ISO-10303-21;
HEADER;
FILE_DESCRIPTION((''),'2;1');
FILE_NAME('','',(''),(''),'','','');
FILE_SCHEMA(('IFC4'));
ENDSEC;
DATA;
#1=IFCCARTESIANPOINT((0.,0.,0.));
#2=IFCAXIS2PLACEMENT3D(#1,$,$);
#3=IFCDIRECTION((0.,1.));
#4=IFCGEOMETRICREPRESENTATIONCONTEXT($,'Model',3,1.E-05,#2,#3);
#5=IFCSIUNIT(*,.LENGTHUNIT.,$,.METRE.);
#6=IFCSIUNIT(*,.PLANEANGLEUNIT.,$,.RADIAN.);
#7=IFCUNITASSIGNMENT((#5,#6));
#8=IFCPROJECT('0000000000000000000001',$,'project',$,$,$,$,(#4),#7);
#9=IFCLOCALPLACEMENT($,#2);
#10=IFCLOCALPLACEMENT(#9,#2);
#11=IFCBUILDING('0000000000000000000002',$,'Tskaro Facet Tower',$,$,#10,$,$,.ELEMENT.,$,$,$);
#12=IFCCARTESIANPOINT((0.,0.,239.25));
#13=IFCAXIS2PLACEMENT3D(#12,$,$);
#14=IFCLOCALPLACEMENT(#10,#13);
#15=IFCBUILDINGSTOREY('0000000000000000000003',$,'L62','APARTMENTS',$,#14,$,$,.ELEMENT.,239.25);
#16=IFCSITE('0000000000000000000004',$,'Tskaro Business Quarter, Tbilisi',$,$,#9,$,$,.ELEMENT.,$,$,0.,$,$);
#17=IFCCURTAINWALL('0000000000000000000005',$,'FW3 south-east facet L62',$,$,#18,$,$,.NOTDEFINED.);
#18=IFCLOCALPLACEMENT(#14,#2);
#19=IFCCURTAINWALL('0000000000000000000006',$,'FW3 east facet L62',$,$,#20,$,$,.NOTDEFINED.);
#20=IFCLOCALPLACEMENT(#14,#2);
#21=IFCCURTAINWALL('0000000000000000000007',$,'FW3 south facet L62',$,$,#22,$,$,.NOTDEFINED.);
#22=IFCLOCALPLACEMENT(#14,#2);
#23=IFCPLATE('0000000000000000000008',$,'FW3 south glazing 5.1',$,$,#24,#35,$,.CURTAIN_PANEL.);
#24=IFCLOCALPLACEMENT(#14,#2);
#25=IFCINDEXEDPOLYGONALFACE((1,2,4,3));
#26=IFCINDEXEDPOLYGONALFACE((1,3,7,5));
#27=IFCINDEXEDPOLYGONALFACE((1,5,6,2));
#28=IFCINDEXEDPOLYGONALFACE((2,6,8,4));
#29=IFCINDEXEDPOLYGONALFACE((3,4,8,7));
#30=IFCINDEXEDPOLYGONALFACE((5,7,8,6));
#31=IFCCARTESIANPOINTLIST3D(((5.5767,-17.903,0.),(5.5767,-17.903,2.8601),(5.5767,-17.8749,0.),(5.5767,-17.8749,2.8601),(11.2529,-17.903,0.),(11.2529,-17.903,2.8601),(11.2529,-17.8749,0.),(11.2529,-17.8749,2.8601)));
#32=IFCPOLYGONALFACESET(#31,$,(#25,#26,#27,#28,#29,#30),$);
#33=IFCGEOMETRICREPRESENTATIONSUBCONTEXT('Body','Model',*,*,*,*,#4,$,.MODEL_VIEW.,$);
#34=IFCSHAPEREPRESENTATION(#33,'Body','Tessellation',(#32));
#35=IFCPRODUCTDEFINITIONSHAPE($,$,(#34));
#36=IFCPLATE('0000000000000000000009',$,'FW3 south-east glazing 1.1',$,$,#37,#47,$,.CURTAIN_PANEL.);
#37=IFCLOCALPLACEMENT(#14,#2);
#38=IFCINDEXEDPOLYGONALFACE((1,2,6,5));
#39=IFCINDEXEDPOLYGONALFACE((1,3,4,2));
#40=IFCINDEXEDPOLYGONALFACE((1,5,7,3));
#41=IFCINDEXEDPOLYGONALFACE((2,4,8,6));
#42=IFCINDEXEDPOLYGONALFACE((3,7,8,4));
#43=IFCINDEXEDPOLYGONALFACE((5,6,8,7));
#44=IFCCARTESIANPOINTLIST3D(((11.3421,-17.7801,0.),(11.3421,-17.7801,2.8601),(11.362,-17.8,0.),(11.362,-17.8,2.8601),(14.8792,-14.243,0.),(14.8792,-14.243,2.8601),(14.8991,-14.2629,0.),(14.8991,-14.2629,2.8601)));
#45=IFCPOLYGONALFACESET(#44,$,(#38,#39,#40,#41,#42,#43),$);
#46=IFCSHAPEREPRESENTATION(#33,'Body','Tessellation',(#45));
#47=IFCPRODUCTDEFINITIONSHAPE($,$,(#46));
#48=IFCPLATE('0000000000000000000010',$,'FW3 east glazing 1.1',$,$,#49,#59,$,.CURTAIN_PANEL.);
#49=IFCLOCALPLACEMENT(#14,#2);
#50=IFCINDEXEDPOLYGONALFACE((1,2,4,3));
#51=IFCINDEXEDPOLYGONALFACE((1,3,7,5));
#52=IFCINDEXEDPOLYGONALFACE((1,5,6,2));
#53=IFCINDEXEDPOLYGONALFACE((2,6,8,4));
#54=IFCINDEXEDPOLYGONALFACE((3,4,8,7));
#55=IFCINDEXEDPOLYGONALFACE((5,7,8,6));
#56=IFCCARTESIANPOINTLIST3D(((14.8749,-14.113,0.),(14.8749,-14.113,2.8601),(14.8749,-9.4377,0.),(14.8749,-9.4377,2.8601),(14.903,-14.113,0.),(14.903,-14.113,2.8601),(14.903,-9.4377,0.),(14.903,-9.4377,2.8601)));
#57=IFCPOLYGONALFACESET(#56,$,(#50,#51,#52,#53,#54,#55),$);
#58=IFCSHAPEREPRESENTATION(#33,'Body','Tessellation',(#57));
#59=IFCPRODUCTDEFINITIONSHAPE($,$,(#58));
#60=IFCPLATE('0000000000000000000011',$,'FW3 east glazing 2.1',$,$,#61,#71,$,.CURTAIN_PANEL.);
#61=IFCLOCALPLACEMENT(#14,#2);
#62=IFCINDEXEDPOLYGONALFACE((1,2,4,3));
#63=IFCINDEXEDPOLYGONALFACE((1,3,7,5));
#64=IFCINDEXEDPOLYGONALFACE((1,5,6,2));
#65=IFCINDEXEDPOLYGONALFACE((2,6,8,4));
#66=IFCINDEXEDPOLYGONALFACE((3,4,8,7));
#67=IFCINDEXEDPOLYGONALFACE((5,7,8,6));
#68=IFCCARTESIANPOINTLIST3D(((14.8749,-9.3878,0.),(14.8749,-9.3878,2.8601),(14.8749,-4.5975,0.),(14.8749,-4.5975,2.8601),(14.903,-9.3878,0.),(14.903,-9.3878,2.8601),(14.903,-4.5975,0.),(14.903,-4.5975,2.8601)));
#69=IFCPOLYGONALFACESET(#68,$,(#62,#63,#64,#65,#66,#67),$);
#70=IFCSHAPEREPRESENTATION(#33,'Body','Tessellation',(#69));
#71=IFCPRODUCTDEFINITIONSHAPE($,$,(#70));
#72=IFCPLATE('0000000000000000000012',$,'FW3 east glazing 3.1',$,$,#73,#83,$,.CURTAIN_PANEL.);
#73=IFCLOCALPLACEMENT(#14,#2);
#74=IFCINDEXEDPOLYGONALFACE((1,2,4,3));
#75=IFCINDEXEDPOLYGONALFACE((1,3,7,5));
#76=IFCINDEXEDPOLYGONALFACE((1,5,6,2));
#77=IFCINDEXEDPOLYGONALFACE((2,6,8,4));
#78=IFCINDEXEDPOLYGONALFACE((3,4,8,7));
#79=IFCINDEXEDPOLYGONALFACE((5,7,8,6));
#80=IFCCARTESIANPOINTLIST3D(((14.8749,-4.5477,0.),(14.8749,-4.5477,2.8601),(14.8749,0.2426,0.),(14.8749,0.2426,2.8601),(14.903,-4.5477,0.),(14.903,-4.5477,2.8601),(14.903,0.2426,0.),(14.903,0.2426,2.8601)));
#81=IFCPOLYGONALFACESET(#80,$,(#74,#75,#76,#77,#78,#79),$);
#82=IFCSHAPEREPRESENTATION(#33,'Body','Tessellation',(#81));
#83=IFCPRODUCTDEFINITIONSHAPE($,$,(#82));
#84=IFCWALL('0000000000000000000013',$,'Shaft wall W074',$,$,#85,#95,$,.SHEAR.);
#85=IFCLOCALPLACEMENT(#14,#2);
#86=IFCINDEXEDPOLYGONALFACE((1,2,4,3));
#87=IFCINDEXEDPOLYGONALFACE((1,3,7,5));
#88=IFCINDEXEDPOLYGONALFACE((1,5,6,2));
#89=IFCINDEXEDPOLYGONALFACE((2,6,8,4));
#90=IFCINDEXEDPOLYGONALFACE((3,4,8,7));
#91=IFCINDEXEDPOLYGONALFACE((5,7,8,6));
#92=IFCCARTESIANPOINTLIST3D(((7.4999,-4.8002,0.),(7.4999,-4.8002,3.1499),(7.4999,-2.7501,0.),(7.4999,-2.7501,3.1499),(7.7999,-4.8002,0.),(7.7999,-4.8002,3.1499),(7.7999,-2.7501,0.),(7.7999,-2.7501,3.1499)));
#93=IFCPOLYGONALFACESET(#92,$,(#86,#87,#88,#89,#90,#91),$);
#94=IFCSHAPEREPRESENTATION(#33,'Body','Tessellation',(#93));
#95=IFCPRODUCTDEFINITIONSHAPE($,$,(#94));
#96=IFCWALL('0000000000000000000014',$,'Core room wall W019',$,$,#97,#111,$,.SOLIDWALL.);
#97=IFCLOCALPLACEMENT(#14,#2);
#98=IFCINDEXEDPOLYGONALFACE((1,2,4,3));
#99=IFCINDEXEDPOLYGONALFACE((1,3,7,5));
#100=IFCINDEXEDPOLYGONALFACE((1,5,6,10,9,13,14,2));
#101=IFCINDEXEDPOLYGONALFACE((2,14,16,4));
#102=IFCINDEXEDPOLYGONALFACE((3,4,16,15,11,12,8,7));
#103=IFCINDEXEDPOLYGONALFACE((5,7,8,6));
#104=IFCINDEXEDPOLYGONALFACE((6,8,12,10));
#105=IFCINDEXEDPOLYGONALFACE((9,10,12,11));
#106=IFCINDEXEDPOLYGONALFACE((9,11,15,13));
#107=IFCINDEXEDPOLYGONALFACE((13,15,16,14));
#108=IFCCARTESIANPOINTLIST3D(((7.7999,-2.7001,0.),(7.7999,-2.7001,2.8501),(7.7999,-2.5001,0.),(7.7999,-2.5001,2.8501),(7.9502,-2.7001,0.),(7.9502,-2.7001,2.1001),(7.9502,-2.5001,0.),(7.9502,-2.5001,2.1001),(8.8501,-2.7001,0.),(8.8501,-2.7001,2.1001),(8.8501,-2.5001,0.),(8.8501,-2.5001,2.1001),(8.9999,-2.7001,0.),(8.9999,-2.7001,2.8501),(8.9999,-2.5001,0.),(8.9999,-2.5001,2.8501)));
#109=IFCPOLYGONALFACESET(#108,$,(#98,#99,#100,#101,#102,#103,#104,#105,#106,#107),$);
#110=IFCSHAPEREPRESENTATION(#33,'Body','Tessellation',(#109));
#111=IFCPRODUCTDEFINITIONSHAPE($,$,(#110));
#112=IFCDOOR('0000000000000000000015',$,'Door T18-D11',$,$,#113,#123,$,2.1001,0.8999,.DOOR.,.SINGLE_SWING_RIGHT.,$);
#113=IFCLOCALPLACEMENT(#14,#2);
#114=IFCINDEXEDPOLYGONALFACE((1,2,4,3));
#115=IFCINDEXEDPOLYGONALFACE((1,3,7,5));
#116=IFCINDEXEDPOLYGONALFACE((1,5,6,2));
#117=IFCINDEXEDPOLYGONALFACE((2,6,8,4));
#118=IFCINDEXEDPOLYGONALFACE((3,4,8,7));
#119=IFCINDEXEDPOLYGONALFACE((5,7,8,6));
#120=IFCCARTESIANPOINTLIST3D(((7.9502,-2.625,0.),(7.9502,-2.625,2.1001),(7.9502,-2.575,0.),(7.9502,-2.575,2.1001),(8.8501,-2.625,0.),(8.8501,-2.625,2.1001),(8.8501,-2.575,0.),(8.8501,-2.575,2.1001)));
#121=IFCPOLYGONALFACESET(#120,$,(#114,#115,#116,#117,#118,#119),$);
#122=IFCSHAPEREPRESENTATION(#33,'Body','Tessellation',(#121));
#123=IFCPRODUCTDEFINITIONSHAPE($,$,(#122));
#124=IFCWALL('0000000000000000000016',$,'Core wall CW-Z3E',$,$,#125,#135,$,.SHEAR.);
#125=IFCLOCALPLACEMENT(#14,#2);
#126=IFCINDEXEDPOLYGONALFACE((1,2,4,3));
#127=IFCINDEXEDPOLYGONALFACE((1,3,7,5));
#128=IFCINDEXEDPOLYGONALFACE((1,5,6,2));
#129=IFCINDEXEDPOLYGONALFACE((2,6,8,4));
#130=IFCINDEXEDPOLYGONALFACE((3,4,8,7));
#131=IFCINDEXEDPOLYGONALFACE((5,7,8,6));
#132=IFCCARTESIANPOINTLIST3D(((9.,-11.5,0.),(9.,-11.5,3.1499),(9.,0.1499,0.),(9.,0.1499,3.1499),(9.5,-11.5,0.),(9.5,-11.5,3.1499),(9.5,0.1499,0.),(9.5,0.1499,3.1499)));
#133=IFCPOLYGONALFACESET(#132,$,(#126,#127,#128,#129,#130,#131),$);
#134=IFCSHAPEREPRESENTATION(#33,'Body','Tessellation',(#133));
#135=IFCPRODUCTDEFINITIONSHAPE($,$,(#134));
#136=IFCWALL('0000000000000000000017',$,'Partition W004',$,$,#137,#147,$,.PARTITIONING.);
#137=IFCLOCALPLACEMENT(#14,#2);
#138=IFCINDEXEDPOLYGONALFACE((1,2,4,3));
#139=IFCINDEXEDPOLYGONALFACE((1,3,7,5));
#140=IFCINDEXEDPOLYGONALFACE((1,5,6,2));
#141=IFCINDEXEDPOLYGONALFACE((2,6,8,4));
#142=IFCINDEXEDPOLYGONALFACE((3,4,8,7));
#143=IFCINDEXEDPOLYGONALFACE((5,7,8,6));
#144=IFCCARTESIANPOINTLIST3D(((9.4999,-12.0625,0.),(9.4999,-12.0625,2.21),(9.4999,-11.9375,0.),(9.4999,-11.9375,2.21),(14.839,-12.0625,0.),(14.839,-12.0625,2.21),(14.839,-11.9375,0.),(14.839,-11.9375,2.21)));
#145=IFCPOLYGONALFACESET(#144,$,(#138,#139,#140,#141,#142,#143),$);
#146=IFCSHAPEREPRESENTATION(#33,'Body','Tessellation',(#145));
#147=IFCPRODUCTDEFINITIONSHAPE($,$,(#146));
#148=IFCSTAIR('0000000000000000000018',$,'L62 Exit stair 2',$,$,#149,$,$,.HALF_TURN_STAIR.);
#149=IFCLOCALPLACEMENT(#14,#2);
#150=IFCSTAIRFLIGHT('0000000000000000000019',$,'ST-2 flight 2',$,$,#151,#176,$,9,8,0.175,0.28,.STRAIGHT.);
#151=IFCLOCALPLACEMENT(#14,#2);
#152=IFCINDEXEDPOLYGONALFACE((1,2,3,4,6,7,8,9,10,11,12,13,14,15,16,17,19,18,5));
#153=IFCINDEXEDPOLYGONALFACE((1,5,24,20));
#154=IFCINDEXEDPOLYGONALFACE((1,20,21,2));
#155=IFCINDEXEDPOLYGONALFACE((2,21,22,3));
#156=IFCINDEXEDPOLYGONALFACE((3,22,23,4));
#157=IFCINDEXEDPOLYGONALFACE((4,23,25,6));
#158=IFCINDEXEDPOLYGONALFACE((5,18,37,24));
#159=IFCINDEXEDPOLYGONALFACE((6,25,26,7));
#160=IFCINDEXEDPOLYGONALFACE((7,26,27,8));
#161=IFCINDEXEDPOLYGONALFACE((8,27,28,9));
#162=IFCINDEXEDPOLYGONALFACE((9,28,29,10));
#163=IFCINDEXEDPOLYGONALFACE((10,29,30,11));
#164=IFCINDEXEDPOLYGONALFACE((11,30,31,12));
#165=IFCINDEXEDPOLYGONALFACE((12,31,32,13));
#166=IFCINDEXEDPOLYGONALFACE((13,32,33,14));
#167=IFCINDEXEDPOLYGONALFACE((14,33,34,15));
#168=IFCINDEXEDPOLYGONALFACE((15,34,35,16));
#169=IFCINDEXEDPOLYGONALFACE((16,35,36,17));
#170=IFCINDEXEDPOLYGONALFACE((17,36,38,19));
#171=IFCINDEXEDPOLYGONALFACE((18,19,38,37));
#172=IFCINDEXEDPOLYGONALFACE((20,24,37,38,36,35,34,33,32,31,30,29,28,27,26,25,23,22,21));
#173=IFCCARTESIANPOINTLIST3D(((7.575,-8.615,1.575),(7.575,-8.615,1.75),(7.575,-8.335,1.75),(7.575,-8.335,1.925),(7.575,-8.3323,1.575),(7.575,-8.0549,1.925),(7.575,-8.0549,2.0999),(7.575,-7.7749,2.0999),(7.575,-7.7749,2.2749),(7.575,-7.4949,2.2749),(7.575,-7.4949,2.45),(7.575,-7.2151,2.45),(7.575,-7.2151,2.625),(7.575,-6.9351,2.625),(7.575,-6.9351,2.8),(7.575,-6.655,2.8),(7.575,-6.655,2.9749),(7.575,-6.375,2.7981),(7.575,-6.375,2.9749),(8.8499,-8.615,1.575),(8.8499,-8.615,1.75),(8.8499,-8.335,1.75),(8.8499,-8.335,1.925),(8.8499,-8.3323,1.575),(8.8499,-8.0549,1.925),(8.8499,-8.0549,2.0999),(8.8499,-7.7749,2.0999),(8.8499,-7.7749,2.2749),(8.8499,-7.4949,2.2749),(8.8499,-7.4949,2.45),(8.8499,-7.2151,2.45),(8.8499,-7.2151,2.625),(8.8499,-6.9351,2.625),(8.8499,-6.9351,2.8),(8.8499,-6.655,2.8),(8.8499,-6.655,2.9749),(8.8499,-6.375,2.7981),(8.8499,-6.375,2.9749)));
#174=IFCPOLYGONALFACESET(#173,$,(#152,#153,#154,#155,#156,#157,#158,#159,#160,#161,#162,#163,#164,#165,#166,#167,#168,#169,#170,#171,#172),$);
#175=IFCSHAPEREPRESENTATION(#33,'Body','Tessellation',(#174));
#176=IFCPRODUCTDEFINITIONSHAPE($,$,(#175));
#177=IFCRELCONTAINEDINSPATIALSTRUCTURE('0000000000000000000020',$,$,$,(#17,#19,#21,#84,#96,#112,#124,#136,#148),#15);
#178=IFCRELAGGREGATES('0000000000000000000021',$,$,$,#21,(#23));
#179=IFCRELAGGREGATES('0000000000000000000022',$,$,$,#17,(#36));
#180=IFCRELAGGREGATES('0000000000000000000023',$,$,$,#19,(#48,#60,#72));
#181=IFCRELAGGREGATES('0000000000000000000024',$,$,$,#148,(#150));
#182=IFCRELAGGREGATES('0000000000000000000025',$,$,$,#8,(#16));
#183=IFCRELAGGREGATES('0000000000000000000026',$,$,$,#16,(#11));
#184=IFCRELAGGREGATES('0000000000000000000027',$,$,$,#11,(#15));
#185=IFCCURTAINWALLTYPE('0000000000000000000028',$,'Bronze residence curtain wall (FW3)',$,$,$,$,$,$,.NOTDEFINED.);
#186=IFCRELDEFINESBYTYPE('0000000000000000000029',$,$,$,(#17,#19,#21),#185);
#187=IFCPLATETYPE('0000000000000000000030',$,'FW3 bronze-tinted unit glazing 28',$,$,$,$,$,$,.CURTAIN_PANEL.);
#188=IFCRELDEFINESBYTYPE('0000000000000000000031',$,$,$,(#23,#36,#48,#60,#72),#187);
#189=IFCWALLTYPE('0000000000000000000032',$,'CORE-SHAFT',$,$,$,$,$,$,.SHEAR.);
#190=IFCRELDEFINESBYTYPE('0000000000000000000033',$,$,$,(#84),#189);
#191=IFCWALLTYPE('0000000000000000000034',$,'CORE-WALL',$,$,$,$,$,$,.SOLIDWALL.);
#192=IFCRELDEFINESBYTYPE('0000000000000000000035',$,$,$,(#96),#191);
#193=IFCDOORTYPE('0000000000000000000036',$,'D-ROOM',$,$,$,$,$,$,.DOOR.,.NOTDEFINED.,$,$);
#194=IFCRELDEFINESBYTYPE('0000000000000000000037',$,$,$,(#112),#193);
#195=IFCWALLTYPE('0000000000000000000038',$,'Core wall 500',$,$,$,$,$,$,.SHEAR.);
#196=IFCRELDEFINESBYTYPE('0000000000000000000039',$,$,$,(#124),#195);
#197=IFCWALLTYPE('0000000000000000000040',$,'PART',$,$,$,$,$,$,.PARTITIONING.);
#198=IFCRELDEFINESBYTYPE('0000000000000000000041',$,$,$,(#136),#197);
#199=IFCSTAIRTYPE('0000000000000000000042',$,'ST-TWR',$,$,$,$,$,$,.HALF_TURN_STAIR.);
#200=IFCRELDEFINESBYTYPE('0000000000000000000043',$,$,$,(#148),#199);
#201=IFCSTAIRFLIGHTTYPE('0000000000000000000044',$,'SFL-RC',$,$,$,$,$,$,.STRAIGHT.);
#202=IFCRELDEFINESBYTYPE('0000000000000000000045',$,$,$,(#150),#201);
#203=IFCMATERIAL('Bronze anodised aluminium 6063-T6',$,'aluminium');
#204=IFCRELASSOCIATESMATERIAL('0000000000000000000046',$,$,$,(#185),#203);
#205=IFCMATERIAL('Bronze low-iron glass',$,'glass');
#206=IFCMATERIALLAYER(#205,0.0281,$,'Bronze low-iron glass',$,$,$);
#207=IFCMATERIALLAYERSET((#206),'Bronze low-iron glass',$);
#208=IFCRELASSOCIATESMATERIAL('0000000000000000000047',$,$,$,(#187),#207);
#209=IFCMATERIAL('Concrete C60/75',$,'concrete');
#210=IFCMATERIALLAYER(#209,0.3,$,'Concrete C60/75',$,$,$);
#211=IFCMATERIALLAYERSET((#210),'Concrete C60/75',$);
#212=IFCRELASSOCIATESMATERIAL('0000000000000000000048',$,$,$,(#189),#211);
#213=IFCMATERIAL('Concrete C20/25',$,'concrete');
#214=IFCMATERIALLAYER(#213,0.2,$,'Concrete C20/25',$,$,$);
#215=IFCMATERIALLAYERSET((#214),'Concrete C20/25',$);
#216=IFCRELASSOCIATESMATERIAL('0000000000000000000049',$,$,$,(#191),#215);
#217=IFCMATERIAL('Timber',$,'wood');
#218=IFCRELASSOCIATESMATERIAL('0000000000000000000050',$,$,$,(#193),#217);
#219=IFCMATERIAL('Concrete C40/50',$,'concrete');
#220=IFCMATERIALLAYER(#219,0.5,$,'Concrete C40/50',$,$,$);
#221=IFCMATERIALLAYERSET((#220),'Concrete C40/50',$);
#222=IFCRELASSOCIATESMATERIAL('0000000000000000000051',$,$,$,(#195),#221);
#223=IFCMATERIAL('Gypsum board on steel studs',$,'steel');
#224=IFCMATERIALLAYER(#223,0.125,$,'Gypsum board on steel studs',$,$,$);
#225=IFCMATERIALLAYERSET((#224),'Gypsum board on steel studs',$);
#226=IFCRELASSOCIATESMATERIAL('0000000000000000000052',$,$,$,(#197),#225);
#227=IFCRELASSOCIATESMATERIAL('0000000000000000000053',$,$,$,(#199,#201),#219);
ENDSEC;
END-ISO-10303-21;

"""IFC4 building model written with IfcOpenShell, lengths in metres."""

from ifc_helpers import new_model, si_unit, direction, frame, frame_2d, origin, origin_2d, place, context, subcontext, project, spatial, polyline, rectangle, outline, extrude, material, layer, layer_set, type_object, element, fill, aggregate, save


model = new_model("IFC4")

# Units and contexts
model_context = context("Model", 3, precision=1e-05, world=origin(), true_north=direction((0.0, 1.0)))
body_context = subcontext(model_context, "Body", "Model", "MODEL_VIEW")
ifc_project = project(units=[si_unit("LENGTHUNIT", "METRE"), si_unit("PLANEANGLEUNIT", "RADIAN")], contexts=[model_context])

# Site, building, storey
site_placement = place(None, origin())
site = spatial("IfcSite", under=ifc_project, at=site_placement, Name="Tskaro Business Quarter, Tbilisi", CompositionType="ELEMENT", RefElevation=0.0)
building_placement = place(site_placement, origin())
building = spatial("IfcBuilding", under=site, at=building_placement, Name="Tskaro Facet Tower", CompositionType="ELEMENT")
storey_placement = place(building_placement, frame((0.0, 0.0, 239.25)))
storey = spatial("IfcBuildingStorey", under=building, at=storey_placement, Name="L62", Description="APARTMENTS", CompositionType="ELEMENT", Elevation=239.25)

# Curtain wall
ifc_material_1 = material(Name="Bronze anodised aluminium 6063-T6", Category="aluminium")
curtain_wall_type = type_object("IfcCurtainWallType", Name="Bronze residence curtain wall (FW3)", PredefinedType="NOTDEFINED", material=ifc_material_1)
curtain_wall_1_placement = place(storey_placement, origin())
curtain_wall_1 = element("IfcCurtainWall", 1, at=curtain_wall_1_placement, inside=storey, type_object=curtain_wall_type, Name="FW3 south-east facet L62", PredefinedType="NOTDEFINED")

# Curtain wall
curtain_wall_2_placement = place(storey_placement, origin())
curtain_wall_2 = element("IfcCurtainWall", 2, at=curtain_wall_2_placement, inside=storey, type_object=curtain_wall_type, Name="FW3 east facet L62", PredefinedType="NOTDEFINED")

# Curtain wall, plate
curtain_wall_3_placement = place(storey_placement, origin())
curtain_wall_3 = element("IfcCurtainWall", 3, at=curtain_wall_3_placement, inside=storey, type_object=curtain_wall_type, Name="FW3 south facet L62", PredefinedType="NOTDEFINED")
ifc_material_2 = material(Name="Bronze low-iron glass", Category="glass")
ifc_layer_1 = layer(ifc_material_2, 0.0281, Name="Bronze low-iron glass")
ifc_layer_set_1 = layer_set([ifc_layer_1], Name="Bronze low-iron glass")
plate_type = type_object("IfcPlateType", Name="FW3 bronze-tinted unit glazing 28", PredefinedType="CURTAIN_PANEL", material=ifc_layer_set_1)
plate_1_placement = place(storey_placement, frame((8.4148, -17.8889, 0.0), z_axis=(0.0, 0.0, 1.0), x_axis=(1.0, 0.0, 0.0)))
plate_1 = element("IfcPlate", 4, at=plate_1_placement, type_object=plate_type, Name="FW3 south glazing 5.1", PredefinedType="CURTAIN_PANEL", context=body_context, shape_type="SweptSolid", body=[
    extrude(rectangle(XDim=5.6763, YDim=0.0281, at=origin_2d()), origin(), (0.0, 0.0, 1.0), 2.8601),
])
aggregate(curtain_wall_3, [plate_1])

# Plates
plate_2_placement = place(storey_placement, frame((13.1206, -16.0215, 0.0), z_axis=(0.0, 0.0, 1.0), x_axis=(0.707107, 0.707107, 0.0)))
plate_2 = element("IfcPlate", 5, at=plate_2_placement, type_object=plate_type, Name="FW3 south-east glazing 1.1", PredefinedType="CURTAIN_PANEL", context=body_context, shape_type="SweptSolid", body=[
    extrude(rectangle(XDim=5.0022, YDim=0.0281, at=origin_2d()), origin(), (0.0, 0.0, 1.0), 2.8601),
])
aggregate(curtain_wall_1, [plate_2])
plate_3_placement = place(storey_placement, frame((14.8889, -11.7754, 0.0), z_axis=(0.0, 0.0, 1.0), x_axis=(0.0, 1.0, 0.0)))
plate_3 = element("IfcPlate", 6, at=plate_3_placement, type_object=plate_type, Name="FW3 east glazing 1.1", PredefinedType="CURTAIN_PANEL", context=body_context, shape_type="SweptSolid", body=[
    extrude(rectangle(XDim=4.6753, YDim=0.0281, at=origin_2d()), origin(), (0.0, 0.0, 1.0), 2.8601),
])
plate_4_placement = place(storey_placement, frame((14.8889, -6.9927, 0.0), z_axis=(0.0, 0.0, 1.0), x_axis=(0.0, 1.0, 0.0)))
plate_4 = element("IfcPlate", 7, at=plate_4_placement, type_object=plate_type, Name="FW3 east glazing 2.1", PredefinedType="CURTAIN_PANEL", context=body_context, shape_type="SweptSolid", body=[
    extrude(rectangle(XDim=4.7903, YDim=0.0281, at=origin_2d()), origin(), (0.0, 0.0, 1.0), 2.8601),
])
plate_5_placement = place(storey_placement, frame((14.8889, -2.1526, 0.0), z_axis=(0.0, 0.0, 1.0), x_axis=(0.0, 1.0, 0.0)))
plate_5 = element("IfcPlate", 8, at=plate_5_placement, type_object=plate_type, Name="FW3 east glazing 3.1", PredefinedType="CURTAIN_PANEL", context=body_context, shape_type="SweptSolid", body=[
    extrude(rectangle(XDim=4.7903, YDim=0.0281, at=origin_2d()), origin(), (0.0, 0.0, 1.0), 2.8601),
])
aggregate(curtain_wall_2, [plate_3, plate_4, plate_5])

# Wall
ifc_material_3 = material(Name="Concrete C60/75", Category="concrete")
ifc_layer_2 = layer(ifc_material_3, 0.3, Name="Concrete C60/75")
ifc_layer_set_2 = layer_set([ifc_layer_2], Name="Concrete C60/75")
wall_type_1 = type_object("IfcWallType", Name="CORE-SHAFT", PredefinedType="SHEAR", material=ifc_layer_set_2)
wall_1_placement = place(storey_placement, frame((7.6499, -4.8, 0.0), z_axis=(0.0, 0.0, 1.0), x_axis=(0.0, 1.0, 0.0)))
element("IfcWall", 9, at=wall_1_placement, inside=storey, type_object=wall_type_1, Name="Shaft wall W074", PredefinedType="SHEAR", context=body_context, shape_type="SweptSolid", body=[
    extrude(rectangle(XDim=2.05, YDim=0.3, at=frame_2d((1.0249, 0.0))), origin(), (0.0, 0.0, 1.0), 3.1499),
])

# Wall, opening, door
ifc_material_4 = material(Name="Concrete C20/25", Category="concrete")
ifc_layer_3 = layer(ifc_material_4, 0.2, Name="Concrete C20/25")
ifc_layer_set_3 = layer_set([ifc_layer_3], Name="Concrete C20/25")
wall_type_2 = type_object("IfcWallType", Name="CORE-WALL", PredefinedType="SOLIDWALL", material=ifc_layer_set_3)
wall_2_placement = place(storey_placement, frame((9.0, -2.6001, 0.0), z_axis=(0.0, 0.0, 1.0), x_axis=(-1.0, 0.0, 0.0)))
wall_2 = element("IfcWall", 10, at=wall_2_placement, inside=storey, type_object=wall_type_2, Name="Core room wall W019", PredefinedType="SOLIDWALL", context=body_context, shape_type="SweptSolid", body=[
    extrude(rectangle(XDim=1.2, YDim=0.2, at=frame_2d((0.6001, 0.0))), origin(), (0.0, 0.0, 1.0), 2.8501),
])
opening_placement = place(wall_2_placement, frame((0.1499, 0.0, 0.0)))
opening = element("IfcOpeningElement", 11, at=opening_placement, cuts=wall_2, PredefinedType="OPENING", context=body_context, shape_type="SweptSolid", body=[
    extrude(rectangle(XDim=0.8999, YDim=2.1001, at=frame_2d((0.45, 1.05))), frame((0.0, 0.1099, 0.0), z_axis=(0.0, -1.0, 0.0), x_axis=(1.0, 0.0, 0.0)), (0.0, 0.0, 1.0), 0.22),
])
ifc_material_5 = material(Name="Timber", Category="wood")
door_type = type_object("IfcDoorType", Name="D-ROOM", OperationType="NOTDEFINED", PredefinedType="DOOR", material=ifc_material_5)
door_placement = place(opening_placement, origin())
door = element("IfcDoor", 12, at=door_placement, inside=storey, type_object=door_type, Name="Door T18-D11", OperationType="SINGLE_SWING_RIGHT", OverallHeight=2.1001, OverallWidth=0.8999, PredefinedType="DOOR", context=body_context, shape_type="SweptSolid", body=[
    extrude(rectangle(XDim=0.8999, YDim=2.1001, at=frame_2d((0.45, 1.05))), frame((0.0, 0.0249, 0.0), z_axis=(0.0, -1.0, 0.0), x_axis=(1.0, 0.0, 0.0)), (0.0, 0.0, 1.0), 0.05),
])
fill(opening, door)

# Walls
ifc_material_6 = material(Name="Concrete C40/50", Category="concrete")
ifc_layer_4 = layer(ifc_material_6, 0.5, Name="Concrete C40/50")
ifc_layer_set_4 = layer_set([ifc_layer_4], Name="Concrete C40/50")
wall_type_3 = type_object("IfcWallType", Name="Core wall 500", PredefinedType="SHEAR", material=ifc_layer_set_4)
wall_3_placement = place(storey_placement, frame((9.25, -11.5, 0.0), z_axis=(0.0, 0.0, 1.0), x_axis=(0.0, 1.0, 0.0)))
element("IfcWall", 13, at=wall_3_placement, inside=storey, type_object=wall_type_3, Name="Core wall CW-Z3E", PredefinedType="SHEAR", context=body_context, shape_type="SweptSolid", body=[
    extrude(rectangle(XDim=11.6499, YDim=0.5, at=frame_2d((5.825, 0.0))), origin(), (0.0, 0.0, 1.0), 3.1499),
])
ifc_material_7 = material(Name="Gypsum board on steel studs", Category="steel")
ifc_layer_5 = layer(ifc_material_7, 0.125, Name="Gypsum board on steel studs")
ifc_layer_set_5 = layer_set([ifc_layer_5], Name="Gypsum board on steel studs")
wall_type_4 = type_object("IfcWallType", Name="PART", PredefinedType="PARTITIONING", material=ifc_layer_set_5)
wall_4_placement = place(storey_placement, frame((9.5, -12.0, 0.0), z_axis=(0.0, 0.0, 1.0), x_axis=(1.0, 0.0, 0.0)))
element("IfcWall", 14, at=wall_4_placement, inside=storey, type_object=wall_type_4, Name="Partition W004", PredefinedType="PARTITIONING", context=body_context, shape_type="SweptSolid", body=[
    extrude(rectangle(XDim=5.3391, YDim=0.125, at=frame_2d((2.6694, 0.0))), origin(), (0.0, 0.0, 1.0), 2.21),
])

# Stair, stair flight
stair_type = type_object("IfcStairType", Name="ST-TWR", PredefinedType="HALF_TURN_STAIR", material=ifc_material_6)
stair_placement = place(storey_placement, origin())
stair = element("IfcStair", 15, at=stair_placement, inside=storey, type_object=stair_type, Name="L62 Exit stair 2", PredefinedType="HALF_TURN_STAIR")
stair_flight_type = type_object("IfcStairFlightType", Name="SFL-RC", PredefinedType="STRAIGHT", material=ifc_material_6)
stair_flight_placement = place(storey_placement, frame((8.2124, -8.615, 1.575), z_axis=(0.0, 0.0, 1.0), x_axis=(0.0, 1.0, 0.0)))
stair_flight = element("IfcStairFlight", 16, at=stair_flight_placement, type_object=stair_flight_type, Name="ST-2 flight 2", NumberOfRisers=9, NumberOfTreads=8, PredefinedType="STRAIGHT", RiserHeight=0.175, TreadLength=0.28, context=body_context, shape_type="SweptSolid", body=[
    extrude(outline(polyline([(0.0, 0.0), (0.0, 0.175), (0.28, 0.175), (0.28, 0.3501), (0.5601, 0.3501), (0.5601, 0.5249), (0.8401, 0.5249), (0.8401, 0.7), (1.1201, 0.7), (1.1201, 0.875), (1.3999, 0.875), (1.3999, 1.05), (1.6799, 1.05), (1.6799, 1.2251), (1.96, 1.2251), (1.96, 1.3999), (2.24, 1.3999), (2.24, 1.575), (2.24, 1.2231), (0.2827, 0.0), (0.0, 0.0)])), frame((0.0, 0.6375, 0.0), z_axis=(0.0, -1.0, 0.0), x_axis=(1.0, 0.0, 0.0)), (0.0, 0.0, 1.0), 1.2749),
])
aggregate(stair, [stair_flight])

save(model, "model.ifc")
